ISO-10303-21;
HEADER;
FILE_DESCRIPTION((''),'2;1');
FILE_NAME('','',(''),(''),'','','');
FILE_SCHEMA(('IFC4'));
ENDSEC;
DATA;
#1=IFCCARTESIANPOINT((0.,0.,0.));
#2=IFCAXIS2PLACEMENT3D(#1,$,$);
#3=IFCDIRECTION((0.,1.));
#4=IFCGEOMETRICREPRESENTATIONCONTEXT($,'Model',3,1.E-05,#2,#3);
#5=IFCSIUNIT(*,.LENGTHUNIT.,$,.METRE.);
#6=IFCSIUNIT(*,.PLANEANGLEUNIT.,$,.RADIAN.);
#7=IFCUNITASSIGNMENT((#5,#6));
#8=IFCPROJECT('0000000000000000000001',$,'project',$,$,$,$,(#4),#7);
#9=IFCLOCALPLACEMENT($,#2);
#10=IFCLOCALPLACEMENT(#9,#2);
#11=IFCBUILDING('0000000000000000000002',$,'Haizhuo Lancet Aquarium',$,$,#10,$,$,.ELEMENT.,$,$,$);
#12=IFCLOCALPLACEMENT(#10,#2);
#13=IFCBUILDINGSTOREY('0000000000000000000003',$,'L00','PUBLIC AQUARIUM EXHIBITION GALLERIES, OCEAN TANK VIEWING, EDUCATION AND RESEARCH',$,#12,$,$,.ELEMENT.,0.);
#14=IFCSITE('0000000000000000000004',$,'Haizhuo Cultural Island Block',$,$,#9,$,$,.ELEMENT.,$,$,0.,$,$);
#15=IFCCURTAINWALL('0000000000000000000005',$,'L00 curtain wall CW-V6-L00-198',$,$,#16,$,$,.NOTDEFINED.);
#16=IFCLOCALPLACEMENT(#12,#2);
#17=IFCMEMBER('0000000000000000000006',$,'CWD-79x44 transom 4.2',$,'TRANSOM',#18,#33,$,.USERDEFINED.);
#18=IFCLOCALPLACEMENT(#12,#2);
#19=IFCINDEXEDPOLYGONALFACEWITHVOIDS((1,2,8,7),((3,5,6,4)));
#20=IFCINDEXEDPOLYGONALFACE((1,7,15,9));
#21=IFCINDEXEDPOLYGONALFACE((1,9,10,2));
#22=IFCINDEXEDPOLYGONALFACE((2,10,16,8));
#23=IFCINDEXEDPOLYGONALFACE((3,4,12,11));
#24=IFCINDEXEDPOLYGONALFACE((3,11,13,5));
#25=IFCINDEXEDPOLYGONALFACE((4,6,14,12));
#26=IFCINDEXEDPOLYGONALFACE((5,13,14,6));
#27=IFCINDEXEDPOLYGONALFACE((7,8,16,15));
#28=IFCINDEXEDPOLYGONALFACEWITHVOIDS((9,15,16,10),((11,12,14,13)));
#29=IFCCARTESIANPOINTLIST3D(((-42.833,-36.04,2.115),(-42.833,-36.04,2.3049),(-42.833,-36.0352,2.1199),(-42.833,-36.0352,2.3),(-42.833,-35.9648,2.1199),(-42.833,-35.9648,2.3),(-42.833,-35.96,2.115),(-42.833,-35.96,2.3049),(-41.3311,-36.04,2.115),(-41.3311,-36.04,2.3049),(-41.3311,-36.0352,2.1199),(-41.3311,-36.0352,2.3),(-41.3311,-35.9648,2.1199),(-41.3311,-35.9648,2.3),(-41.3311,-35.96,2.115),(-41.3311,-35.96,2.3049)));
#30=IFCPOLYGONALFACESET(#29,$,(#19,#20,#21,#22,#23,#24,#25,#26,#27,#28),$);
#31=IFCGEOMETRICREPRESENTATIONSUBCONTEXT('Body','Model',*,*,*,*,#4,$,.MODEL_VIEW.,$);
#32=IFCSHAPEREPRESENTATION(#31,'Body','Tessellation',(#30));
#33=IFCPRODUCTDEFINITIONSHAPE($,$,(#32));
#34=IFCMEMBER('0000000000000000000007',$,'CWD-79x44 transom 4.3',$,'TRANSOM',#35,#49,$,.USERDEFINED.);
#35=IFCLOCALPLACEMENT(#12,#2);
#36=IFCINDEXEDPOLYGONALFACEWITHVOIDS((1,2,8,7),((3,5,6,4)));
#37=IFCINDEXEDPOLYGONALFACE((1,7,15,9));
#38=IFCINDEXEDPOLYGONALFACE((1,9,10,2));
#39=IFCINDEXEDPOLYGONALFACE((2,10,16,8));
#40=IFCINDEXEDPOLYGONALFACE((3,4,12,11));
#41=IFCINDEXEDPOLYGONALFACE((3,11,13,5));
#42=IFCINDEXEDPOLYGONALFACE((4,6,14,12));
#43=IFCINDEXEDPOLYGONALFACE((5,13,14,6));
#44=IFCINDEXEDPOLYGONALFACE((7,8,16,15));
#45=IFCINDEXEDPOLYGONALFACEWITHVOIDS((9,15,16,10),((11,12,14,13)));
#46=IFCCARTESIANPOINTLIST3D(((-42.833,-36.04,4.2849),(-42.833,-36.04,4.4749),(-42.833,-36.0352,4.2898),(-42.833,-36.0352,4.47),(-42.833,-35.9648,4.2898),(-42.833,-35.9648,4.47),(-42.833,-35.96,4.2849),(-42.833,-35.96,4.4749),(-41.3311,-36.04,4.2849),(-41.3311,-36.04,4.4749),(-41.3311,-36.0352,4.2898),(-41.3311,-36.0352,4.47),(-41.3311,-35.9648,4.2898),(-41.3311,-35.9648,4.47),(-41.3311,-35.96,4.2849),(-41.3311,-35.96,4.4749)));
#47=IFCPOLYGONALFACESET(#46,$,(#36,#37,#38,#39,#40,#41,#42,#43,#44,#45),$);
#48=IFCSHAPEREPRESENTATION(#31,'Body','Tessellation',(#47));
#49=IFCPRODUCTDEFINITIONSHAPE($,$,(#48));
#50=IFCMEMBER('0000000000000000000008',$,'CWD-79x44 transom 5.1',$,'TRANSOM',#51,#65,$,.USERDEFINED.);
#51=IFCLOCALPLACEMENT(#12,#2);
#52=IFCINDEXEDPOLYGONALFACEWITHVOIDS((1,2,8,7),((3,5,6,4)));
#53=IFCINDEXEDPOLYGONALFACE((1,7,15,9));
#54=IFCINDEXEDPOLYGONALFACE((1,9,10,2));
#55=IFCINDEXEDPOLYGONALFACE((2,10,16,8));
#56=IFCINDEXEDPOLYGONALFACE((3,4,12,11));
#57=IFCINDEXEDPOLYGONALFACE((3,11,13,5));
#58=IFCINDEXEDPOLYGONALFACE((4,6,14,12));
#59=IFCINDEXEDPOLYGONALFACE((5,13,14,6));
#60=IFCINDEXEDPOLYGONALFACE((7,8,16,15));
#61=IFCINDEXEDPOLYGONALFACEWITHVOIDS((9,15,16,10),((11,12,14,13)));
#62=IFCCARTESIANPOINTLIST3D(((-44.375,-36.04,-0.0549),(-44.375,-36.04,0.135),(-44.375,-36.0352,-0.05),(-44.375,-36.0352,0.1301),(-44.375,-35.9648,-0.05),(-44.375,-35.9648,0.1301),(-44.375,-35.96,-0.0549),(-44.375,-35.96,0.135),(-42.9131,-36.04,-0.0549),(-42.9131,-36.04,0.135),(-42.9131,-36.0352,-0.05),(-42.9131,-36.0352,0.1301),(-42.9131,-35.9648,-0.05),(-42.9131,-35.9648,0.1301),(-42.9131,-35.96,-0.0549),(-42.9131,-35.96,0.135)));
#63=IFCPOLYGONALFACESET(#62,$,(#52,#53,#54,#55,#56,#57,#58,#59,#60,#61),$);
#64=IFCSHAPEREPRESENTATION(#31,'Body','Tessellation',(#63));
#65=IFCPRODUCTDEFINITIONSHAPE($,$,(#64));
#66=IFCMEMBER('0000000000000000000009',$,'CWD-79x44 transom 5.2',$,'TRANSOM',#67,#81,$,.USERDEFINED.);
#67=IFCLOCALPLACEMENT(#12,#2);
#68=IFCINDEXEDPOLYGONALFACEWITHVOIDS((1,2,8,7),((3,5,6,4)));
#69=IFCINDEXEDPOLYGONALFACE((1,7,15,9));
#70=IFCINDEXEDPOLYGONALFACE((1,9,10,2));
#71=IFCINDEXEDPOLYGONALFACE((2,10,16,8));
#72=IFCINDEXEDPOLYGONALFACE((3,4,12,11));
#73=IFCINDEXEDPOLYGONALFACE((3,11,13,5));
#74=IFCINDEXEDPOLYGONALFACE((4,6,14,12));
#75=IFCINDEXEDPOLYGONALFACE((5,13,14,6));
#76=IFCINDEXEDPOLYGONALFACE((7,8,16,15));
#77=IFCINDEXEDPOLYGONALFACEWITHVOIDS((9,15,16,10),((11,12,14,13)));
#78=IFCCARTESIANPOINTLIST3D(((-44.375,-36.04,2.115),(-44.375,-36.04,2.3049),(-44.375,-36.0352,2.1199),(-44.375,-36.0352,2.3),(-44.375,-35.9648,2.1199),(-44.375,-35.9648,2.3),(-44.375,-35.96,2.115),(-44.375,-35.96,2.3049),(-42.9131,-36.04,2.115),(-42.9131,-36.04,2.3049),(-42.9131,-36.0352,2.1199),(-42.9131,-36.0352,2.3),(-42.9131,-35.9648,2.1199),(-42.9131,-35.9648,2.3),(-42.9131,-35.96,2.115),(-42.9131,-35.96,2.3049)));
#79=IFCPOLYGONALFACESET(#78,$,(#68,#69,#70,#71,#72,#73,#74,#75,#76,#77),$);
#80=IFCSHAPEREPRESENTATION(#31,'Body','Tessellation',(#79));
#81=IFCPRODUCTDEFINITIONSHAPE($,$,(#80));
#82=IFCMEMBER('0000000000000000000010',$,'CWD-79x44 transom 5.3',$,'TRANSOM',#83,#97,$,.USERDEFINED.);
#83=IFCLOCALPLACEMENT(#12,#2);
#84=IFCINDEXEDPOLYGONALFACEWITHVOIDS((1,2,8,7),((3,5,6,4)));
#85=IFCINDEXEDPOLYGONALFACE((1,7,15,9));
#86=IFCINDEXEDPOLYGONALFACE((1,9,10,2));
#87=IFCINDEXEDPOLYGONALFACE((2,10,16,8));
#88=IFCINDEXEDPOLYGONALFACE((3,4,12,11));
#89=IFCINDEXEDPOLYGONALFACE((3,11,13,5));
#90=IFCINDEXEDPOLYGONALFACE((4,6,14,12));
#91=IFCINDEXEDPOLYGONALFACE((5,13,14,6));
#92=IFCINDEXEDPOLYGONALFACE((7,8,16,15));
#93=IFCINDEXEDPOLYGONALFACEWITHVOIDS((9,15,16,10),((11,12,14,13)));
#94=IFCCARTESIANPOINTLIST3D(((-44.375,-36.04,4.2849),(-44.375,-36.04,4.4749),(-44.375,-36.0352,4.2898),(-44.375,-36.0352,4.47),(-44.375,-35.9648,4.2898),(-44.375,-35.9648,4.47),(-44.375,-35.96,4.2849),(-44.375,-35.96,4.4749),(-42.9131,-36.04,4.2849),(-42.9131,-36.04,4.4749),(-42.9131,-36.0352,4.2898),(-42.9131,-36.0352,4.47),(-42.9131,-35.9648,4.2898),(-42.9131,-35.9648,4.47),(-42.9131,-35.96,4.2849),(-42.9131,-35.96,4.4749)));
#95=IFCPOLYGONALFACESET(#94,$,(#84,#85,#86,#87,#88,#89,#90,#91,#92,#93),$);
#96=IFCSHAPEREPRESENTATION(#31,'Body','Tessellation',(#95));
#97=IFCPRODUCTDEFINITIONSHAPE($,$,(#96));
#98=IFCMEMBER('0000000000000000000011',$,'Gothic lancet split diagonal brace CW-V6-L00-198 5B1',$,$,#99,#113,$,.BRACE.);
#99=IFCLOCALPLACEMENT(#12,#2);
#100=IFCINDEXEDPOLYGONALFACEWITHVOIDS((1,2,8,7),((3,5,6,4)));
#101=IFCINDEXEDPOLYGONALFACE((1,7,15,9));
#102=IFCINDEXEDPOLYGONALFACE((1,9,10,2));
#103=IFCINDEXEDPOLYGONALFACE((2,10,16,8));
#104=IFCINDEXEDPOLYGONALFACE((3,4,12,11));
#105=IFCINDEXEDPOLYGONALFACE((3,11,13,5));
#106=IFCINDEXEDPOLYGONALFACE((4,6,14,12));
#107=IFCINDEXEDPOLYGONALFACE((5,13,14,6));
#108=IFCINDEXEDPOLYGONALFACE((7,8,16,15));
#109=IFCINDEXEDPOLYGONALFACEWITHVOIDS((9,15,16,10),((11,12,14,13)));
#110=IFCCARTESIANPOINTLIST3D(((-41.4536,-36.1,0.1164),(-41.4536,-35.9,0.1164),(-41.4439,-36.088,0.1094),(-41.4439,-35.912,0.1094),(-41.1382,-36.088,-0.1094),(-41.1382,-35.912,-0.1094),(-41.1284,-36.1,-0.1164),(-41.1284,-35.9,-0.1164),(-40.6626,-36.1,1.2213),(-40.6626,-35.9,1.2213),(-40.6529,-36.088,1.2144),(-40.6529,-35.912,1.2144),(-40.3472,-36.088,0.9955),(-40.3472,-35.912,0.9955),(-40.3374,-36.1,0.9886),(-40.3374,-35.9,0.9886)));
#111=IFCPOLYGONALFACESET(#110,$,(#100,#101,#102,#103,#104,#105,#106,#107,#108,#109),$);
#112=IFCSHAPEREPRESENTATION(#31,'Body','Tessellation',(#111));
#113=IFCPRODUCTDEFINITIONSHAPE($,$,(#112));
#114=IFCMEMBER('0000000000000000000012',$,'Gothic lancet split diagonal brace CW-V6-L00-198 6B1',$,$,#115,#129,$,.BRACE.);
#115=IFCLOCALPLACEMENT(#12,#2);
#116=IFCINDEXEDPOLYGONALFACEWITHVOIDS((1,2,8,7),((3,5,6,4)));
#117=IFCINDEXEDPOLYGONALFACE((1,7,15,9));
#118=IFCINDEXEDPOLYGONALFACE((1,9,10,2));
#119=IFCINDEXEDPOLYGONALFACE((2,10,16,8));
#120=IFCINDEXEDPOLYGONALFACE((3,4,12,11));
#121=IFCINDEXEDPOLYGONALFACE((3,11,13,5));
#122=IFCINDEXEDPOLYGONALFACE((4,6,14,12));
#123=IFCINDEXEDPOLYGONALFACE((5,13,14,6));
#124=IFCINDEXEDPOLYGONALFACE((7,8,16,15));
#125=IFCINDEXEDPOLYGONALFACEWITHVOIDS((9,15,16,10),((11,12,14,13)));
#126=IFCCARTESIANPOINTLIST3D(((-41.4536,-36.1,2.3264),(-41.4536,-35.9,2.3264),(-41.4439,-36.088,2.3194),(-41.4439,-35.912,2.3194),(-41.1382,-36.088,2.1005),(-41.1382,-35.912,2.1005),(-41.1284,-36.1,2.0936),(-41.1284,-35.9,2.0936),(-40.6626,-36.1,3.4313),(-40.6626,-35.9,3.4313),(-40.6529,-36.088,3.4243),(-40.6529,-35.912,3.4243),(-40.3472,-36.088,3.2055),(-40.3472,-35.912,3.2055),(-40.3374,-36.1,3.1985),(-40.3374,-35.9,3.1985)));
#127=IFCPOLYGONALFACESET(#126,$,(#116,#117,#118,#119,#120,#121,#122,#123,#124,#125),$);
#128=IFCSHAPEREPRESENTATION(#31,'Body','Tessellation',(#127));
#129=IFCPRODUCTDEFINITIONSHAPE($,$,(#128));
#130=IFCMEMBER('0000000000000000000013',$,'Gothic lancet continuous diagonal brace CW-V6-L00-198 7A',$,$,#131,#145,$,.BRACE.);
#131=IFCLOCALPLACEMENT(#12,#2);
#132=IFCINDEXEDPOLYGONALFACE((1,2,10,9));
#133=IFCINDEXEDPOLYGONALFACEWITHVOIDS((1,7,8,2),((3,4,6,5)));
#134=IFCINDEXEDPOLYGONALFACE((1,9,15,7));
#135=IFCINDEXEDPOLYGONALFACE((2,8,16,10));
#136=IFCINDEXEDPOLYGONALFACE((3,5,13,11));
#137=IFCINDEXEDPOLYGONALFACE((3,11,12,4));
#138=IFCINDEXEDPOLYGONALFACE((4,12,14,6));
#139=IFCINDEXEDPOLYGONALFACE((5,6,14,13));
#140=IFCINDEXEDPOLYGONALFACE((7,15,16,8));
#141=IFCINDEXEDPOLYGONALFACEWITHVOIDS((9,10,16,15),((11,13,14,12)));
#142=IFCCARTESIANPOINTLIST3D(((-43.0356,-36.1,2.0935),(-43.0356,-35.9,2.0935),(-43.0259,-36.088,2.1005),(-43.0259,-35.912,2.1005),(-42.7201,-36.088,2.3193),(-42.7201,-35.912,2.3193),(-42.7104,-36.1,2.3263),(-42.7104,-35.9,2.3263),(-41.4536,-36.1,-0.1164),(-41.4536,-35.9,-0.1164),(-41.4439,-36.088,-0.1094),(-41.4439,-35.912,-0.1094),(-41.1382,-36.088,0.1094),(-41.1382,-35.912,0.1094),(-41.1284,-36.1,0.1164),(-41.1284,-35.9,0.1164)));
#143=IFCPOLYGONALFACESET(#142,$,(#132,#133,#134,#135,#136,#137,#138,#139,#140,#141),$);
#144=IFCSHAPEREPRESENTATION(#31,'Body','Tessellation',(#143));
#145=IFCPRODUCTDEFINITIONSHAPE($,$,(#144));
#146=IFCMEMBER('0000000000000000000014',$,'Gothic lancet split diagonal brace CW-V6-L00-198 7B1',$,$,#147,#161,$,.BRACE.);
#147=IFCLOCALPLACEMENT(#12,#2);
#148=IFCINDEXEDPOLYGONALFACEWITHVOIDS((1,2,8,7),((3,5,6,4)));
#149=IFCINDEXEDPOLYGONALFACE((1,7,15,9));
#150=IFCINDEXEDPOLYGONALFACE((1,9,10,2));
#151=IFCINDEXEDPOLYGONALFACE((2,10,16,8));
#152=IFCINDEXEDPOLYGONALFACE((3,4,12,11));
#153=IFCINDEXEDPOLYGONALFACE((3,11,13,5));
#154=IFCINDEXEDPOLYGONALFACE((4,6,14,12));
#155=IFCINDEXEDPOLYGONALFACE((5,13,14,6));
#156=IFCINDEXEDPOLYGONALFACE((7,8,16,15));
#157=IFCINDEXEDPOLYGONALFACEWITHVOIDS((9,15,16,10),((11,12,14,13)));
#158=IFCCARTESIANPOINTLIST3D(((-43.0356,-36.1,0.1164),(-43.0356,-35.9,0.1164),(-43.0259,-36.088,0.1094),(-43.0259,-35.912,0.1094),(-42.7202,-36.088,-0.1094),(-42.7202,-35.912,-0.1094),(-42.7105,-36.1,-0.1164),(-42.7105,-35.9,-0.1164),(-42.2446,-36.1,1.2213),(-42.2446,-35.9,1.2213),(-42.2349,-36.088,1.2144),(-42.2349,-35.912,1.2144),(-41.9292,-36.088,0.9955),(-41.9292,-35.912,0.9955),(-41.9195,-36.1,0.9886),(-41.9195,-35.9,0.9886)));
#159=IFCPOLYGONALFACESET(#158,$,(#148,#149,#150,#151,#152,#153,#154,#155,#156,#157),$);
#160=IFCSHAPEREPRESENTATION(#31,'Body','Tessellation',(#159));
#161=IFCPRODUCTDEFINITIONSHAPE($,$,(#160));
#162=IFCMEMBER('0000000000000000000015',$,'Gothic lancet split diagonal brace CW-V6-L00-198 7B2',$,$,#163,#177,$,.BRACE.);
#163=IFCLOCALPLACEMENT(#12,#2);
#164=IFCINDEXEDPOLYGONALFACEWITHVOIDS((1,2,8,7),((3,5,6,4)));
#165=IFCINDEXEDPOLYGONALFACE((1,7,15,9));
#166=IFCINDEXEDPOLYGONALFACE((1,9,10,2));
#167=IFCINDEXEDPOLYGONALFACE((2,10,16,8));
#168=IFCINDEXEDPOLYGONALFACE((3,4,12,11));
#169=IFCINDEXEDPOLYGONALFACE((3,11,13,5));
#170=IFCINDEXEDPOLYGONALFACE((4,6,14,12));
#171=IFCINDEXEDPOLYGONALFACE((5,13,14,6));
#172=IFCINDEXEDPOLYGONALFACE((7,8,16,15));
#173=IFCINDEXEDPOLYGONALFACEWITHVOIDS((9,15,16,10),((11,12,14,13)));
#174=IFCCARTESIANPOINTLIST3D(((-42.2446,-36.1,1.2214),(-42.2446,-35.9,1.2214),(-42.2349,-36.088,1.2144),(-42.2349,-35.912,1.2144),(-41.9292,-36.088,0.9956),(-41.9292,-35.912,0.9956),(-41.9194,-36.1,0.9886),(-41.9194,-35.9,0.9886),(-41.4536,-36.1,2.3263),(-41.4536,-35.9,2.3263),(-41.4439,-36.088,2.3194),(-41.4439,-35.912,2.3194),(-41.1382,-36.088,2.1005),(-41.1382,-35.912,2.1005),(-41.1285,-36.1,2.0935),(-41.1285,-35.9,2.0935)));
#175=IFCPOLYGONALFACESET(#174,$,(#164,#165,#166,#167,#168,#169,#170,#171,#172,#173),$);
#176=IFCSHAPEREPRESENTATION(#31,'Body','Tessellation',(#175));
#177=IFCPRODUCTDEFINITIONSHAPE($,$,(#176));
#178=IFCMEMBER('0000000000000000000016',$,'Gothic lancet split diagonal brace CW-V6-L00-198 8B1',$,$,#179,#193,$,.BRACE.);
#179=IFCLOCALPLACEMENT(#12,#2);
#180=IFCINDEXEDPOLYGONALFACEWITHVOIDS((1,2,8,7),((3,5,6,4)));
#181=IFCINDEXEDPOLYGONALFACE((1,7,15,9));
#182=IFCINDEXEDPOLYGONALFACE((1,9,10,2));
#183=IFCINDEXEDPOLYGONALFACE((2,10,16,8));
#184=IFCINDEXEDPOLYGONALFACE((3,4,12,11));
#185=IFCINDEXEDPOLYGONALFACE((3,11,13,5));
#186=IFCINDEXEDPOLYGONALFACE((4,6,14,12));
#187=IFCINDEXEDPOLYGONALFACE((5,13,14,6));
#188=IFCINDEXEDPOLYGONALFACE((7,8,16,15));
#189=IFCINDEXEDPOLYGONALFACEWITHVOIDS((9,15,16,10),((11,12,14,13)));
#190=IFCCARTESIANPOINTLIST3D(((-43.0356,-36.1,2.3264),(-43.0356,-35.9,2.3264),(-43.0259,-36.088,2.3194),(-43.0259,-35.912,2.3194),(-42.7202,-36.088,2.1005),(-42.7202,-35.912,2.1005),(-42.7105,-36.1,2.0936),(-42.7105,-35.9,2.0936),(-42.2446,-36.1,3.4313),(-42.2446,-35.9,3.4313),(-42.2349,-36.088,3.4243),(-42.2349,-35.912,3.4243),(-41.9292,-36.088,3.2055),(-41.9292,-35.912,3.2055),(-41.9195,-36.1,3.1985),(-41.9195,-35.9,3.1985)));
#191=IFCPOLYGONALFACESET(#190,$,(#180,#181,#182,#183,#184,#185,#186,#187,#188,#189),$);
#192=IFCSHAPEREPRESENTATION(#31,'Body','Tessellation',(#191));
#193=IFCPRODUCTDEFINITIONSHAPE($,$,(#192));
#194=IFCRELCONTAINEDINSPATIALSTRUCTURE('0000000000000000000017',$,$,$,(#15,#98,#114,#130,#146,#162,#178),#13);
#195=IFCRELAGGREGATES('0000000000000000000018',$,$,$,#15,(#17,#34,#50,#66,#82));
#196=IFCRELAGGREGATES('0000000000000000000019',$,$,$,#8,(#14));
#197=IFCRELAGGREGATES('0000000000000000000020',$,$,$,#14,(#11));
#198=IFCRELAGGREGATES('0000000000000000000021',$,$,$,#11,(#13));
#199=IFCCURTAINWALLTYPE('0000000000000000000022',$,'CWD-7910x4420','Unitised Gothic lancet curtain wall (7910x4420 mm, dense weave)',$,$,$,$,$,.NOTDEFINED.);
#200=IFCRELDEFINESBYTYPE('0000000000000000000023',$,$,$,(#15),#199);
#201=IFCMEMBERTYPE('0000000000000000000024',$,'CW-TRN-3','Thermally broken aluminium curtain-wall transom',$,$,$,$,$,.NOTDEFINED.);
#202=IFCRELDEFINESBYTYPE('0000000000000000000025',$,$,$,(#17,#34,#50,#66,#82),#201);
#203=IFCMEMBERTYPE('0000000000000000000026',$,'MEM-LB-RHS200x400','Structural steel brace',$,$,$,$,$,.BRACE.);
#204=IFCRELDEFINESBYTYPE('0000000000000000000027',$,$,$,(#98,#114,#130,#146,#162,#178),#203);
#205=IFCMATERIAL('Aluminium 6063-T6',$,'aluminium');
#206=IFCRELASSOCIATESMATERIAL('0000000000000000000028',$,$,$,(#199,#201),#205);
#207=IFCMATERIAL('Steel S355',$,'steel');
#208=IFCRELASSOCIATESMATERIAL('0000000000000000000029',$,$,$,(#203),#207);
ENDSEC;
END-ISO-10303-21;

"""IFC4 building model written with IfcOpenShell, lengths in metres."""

from ifc_helpers import new_model, si_unit, direction, frame, origin, origin_2d, place, context, subcontext, project, spatial, hollow_rectangle, extrude, material, material_profile, profile_set, type_object, element, aggregate, save


model = new_model("IFC4")

# Units and contexts
model_context = context("Model", 3, precision=1e-05, world=origin(), true_north=direction((0.0, 1.0)))
body_context = subcontext(model_context, "Body", "Model", "MODEL_VIEW")
ifc_project = project(units=[si_unit("LENGTHUNIT", "METRE"), si_unit("PLANEANGLEUNIT", "RADIAN")], contexts=[model_context])

# Site, building, storey
site_placement = place(None, origin())
site = spatial("IfcSite", under=ifc_project, at=site_placement, Name="Haizhuo Cultural Island Block", CompositionType="ELEMENT", RefElevation=0.0)
building_placement = place(site_placement, origin())
building = spatial("IfcBuilding", under=site, at=building_placement, Name="Haizhuo Lancet Aquarium", CompositionType="ELEMENT")
storey_placement = place(building_placement, origin())
storey = spatial("IfcBuildingStorey", under=building, at=storey_placement, Name="L00", Description="PUBLIC AQUARIUM EXHIBITION GALLERIES, OCEAN TANK VIEWING, EDUCATION AND RESEARCH", CompositionType="ELEMENT", Elevation=0.0)

# Shared definitions
ifc_material_1 = material(Name="Steel S355", Category="steel")

# Curtain wall, members
ifc_material_2 = material(Name="Aluminium 6063-T6", Category="aluminium")
curtain_wall_type = type_object("IfcCurtainWallType", Name="CWD-7910x4420", Description="Unitised Gothic lancet curtain wall (7910x4420 mm, dense weave)", PredefinedType="NOTDEFINED", material=ifc_material_2)
curtain_wall_placement = place(storey_placement, origin())
curtain_wall = element("IfcCurtainWall", 1, at=curtain_wall_placement, inside=storey, type_object=curtain_wall_type, Name="L00 curtain wall CW-V6-L00-198", PredefinedType="NOTDEFINED")
ifc_material_profile_1 = material_profile(ifc_material_2, hollow_rectangle(XDim=0.0801, YDim=0.1899, WallThickness=0.0049, at=origin_2d()), Name="ALU-T 80x190x5")
ifc_profile_set_1 = profile_set([ifc_material_profile_1], Name="Aluminium 6063-T6")
member_type_1 = type_object("IfcMemberType", Name="CW-TRN-3", Description="Thermally broken aluminium curtain-wall transom", PredefinedType="NOTDEFINED", material=ifc_profile_set_1)
member_1_placement = place(storey_placement, frame((-41.3311, -36.0, 2.21), z_axis=(-1.0, 0.0, 0.0), x_axis=(0.0, -1.0, 0.0)))
member_1 = element("IfcMember", 2, at=member_1_placement, type_object=member_type_1, Name="CWD-79x44 transom 4.2", ObjectType="TRANSOM", PredefinedType="USERDEFINED", context=body_context, shape_type="SweptSolid", body=[
    extrude(hollow_rectangle(XDim=0.0801, YDim=0.1899, WallThickness=0.0049, at=origin_2d()), origin(), (0.0, 0.0, 1.0), 1.502),
])
member_2_placement = place(storey_placement, frame((-41.3311, -36.0, 4.3799), z_axis=(-1.0, 0.0, 0.0), x_axis=(0.0, -1.0, 0.0)))
member_2 = element("IfcMember", 3, at=member_2_placement, type_object=member_type_1, Name="CWD-79x44 transom 4.3", ObjectType="TRANSOM", PredefinedType="USERDEFINED", context=body_context, shape_type="SweptSolid", body=[
    extrude(hollow_rectangle(XDim=0.0801, YDim=0.1899, WallThickness=0.0049, at=origin_2d()), origin(), (0.0, 0.0, 1.0), 1.502),
])
member_3_placement = place(storey_placement, frame((-42.9131, -36.0, 0.04), z_axis=(-1.0, 0.0, 0.0), x_axis=(0.0, -1.0, 0.0)))
member_3 = element("IfcMember", 4, at=member_3_placement, type_object=member_type_1, Name="CWD-79x44 transom 5.1", ObjectType="TRANSOM", PredefinedType="USERDEFINED", context=body_context, shape_type="SweptSolid", body=[
    extrude(hollow_rectangle(XDim=0.0801, YDim=0.1899, WallThickness=0.0049, at=origin_2d()), origin(), (0.0, 0.0, 1.0), 1.4619),
])
member_4_placement = place(storey_placement, frame((-42.9131, -36.0, 2.21), z_axis=(-1.0, 0.0, 0.0), x_axis=(0.0, -1.0, 0.0)))
member_4 = element("IfcMember", 5, at=member_4_placement, type_object=member_type_1, Name="CWD-79x44 transom 5.2", ObjectType="TRANSOM", PredefinedType="USERDEFINED", context=body_context, shape_type="SweptSolid", body=[
    extrude(hollow_rectangle(XDim=0.0801, YDim=0.1899, WallThickness=0.0049, at=origin_2d()), origin(), (0.0, 0.0, 1.0), 1.4619),
])
member_5_placement = place(storey_placement, frame((-42.9131, -36.0, 4.3799), z_axis=(-1.0, 0.0, 0.0), x_axis=(0.0, -1.0, 0.0)))
member_5 = element("IfcMember", 6, at=member_5_placement, type_object=member_type_1, Name="CWD-79x44 transom 5.3", ObjectType="TRANSOM", PredefinedType="USERDEFINED", context=body_context, shape_type="SweptSolid", body=[
    extrude(hollow_rectangle(XDim=0.0801, YDim=0.1899, WallThickness=0.0049, at=origin_2d()), origin(), (0.0, 0.0, 1.0), 1.4619),
])

# Members
ifc_material_profile_2 = material_profile(ifc_material_1, hollow_rectangle(XDim=0.2, YDim=0.3999, WallThickness=0.012, at=origin_2d()), Name="RHS 200x400x12")
ifc_profile_set_2 = profile_set([ifc_material_profile_2], Name="Steel S355")
member_type_2 = type_object("IfcMemberType", Name="MEM-LB-RHS200x400", Description="Structural steel brace", PredefinedType="BRACE", material=ifc_profile_set_2)
for number, where, z_axis, x_axis, name in (
    (7, (-41.291, -36.0, 0.0), (0.582088, 0.0, 0.813126), (0.0, 1.0, 0.0), "Gothic lancet split diagonal brace CW-V6-L00-198 5B1"),
    (8, (-41.291, -36.0, 2.21), (0.582088, 0.0, 0.813126), (0.0, 1.0, 0.0), "Gothic lancet split diagonal brace CW-V6-L00-198 6B1"),
):
    element("IfcMember", number, at=place(storey_placement, frame(where, z_axis=z_axis, x_axis=x_axis)), inside=storey, type_object=member_type_2, Name=name, PredefinedType="BRACE", context=body_context, shape_type="SweptSolid", body=[
        extrude(hollow_rectangle(XDim=0.2, YDim=0.3999, WallThickness=0.012, at=origin_2d()), origin(), (0.0, 0.0, 1.0), 1.3589),
    ])
member_6_placement = place(storey_placement, frame((-41.291, -36.0, 0.0), z_axis=(-0.582088, 0.0, 0.813126), x_axis=(0.0, -1.0, 0.0)))
element("IfcMember", 9, at=member_6_placement, inside=storey, type_object=member_type_2, Name="Gothic lancet continuous diagonal brace CW-V6-L00-198 7A", PredefinedType="BRACE", context=body_context, shape_type="SweptSolid", body=[
    extrude(hollow_rectangle(XDim=0.2, YDim=0.3999, WallThickness=0.012, at=origin_2d()), origin(), (0.0, 0.0, 1.0), 2.7178),
])
for number, where, z_axis, x_axis, name in (
    (10, (-42.873, -36.0, 0.0), (0.582088, 0.0, 0.813126), (0.0, 1.0, 0.0), "Gothic lancet split diagonal brace CW-V6-L00-198 7B1"),
    (11, (-42.082, -36.0, 1.105), (0.582088, 0.0, 0.813126), (0.0, 1.0, 0.0), "Gothic lancet split diagonal brace CW-V6-L00-198 7B2"),
    (12, (-42.873, -36.0, 2.21), (0.582088, 0.0, 0.813126), (0.0, 1.0, 0.0), "Gothic lancet split diagonal brace CW-V6-L00-198 8B1"),
):
    element("IfcMember", number, at=place(storey_placement, frame(where, z_axis=z_axis, x_axis=x_axis)), inside=storey, type_object=member_type_2, Name=name, PredefinedType="BRACE", context=body_context, shape_type="SweptSolid", body=[
        extrude(hollow_rectangle(XDim=0.2, YDim=0.3999, WallThickness=0.012, at=origin_2d()), origin(), (0.0, 0.0, 1.0), 1.3589),
    ])

aggregate(curtain_wall, [member_1, member_2, member_3, member_4, member_5])

save(model, "model.ifc")
